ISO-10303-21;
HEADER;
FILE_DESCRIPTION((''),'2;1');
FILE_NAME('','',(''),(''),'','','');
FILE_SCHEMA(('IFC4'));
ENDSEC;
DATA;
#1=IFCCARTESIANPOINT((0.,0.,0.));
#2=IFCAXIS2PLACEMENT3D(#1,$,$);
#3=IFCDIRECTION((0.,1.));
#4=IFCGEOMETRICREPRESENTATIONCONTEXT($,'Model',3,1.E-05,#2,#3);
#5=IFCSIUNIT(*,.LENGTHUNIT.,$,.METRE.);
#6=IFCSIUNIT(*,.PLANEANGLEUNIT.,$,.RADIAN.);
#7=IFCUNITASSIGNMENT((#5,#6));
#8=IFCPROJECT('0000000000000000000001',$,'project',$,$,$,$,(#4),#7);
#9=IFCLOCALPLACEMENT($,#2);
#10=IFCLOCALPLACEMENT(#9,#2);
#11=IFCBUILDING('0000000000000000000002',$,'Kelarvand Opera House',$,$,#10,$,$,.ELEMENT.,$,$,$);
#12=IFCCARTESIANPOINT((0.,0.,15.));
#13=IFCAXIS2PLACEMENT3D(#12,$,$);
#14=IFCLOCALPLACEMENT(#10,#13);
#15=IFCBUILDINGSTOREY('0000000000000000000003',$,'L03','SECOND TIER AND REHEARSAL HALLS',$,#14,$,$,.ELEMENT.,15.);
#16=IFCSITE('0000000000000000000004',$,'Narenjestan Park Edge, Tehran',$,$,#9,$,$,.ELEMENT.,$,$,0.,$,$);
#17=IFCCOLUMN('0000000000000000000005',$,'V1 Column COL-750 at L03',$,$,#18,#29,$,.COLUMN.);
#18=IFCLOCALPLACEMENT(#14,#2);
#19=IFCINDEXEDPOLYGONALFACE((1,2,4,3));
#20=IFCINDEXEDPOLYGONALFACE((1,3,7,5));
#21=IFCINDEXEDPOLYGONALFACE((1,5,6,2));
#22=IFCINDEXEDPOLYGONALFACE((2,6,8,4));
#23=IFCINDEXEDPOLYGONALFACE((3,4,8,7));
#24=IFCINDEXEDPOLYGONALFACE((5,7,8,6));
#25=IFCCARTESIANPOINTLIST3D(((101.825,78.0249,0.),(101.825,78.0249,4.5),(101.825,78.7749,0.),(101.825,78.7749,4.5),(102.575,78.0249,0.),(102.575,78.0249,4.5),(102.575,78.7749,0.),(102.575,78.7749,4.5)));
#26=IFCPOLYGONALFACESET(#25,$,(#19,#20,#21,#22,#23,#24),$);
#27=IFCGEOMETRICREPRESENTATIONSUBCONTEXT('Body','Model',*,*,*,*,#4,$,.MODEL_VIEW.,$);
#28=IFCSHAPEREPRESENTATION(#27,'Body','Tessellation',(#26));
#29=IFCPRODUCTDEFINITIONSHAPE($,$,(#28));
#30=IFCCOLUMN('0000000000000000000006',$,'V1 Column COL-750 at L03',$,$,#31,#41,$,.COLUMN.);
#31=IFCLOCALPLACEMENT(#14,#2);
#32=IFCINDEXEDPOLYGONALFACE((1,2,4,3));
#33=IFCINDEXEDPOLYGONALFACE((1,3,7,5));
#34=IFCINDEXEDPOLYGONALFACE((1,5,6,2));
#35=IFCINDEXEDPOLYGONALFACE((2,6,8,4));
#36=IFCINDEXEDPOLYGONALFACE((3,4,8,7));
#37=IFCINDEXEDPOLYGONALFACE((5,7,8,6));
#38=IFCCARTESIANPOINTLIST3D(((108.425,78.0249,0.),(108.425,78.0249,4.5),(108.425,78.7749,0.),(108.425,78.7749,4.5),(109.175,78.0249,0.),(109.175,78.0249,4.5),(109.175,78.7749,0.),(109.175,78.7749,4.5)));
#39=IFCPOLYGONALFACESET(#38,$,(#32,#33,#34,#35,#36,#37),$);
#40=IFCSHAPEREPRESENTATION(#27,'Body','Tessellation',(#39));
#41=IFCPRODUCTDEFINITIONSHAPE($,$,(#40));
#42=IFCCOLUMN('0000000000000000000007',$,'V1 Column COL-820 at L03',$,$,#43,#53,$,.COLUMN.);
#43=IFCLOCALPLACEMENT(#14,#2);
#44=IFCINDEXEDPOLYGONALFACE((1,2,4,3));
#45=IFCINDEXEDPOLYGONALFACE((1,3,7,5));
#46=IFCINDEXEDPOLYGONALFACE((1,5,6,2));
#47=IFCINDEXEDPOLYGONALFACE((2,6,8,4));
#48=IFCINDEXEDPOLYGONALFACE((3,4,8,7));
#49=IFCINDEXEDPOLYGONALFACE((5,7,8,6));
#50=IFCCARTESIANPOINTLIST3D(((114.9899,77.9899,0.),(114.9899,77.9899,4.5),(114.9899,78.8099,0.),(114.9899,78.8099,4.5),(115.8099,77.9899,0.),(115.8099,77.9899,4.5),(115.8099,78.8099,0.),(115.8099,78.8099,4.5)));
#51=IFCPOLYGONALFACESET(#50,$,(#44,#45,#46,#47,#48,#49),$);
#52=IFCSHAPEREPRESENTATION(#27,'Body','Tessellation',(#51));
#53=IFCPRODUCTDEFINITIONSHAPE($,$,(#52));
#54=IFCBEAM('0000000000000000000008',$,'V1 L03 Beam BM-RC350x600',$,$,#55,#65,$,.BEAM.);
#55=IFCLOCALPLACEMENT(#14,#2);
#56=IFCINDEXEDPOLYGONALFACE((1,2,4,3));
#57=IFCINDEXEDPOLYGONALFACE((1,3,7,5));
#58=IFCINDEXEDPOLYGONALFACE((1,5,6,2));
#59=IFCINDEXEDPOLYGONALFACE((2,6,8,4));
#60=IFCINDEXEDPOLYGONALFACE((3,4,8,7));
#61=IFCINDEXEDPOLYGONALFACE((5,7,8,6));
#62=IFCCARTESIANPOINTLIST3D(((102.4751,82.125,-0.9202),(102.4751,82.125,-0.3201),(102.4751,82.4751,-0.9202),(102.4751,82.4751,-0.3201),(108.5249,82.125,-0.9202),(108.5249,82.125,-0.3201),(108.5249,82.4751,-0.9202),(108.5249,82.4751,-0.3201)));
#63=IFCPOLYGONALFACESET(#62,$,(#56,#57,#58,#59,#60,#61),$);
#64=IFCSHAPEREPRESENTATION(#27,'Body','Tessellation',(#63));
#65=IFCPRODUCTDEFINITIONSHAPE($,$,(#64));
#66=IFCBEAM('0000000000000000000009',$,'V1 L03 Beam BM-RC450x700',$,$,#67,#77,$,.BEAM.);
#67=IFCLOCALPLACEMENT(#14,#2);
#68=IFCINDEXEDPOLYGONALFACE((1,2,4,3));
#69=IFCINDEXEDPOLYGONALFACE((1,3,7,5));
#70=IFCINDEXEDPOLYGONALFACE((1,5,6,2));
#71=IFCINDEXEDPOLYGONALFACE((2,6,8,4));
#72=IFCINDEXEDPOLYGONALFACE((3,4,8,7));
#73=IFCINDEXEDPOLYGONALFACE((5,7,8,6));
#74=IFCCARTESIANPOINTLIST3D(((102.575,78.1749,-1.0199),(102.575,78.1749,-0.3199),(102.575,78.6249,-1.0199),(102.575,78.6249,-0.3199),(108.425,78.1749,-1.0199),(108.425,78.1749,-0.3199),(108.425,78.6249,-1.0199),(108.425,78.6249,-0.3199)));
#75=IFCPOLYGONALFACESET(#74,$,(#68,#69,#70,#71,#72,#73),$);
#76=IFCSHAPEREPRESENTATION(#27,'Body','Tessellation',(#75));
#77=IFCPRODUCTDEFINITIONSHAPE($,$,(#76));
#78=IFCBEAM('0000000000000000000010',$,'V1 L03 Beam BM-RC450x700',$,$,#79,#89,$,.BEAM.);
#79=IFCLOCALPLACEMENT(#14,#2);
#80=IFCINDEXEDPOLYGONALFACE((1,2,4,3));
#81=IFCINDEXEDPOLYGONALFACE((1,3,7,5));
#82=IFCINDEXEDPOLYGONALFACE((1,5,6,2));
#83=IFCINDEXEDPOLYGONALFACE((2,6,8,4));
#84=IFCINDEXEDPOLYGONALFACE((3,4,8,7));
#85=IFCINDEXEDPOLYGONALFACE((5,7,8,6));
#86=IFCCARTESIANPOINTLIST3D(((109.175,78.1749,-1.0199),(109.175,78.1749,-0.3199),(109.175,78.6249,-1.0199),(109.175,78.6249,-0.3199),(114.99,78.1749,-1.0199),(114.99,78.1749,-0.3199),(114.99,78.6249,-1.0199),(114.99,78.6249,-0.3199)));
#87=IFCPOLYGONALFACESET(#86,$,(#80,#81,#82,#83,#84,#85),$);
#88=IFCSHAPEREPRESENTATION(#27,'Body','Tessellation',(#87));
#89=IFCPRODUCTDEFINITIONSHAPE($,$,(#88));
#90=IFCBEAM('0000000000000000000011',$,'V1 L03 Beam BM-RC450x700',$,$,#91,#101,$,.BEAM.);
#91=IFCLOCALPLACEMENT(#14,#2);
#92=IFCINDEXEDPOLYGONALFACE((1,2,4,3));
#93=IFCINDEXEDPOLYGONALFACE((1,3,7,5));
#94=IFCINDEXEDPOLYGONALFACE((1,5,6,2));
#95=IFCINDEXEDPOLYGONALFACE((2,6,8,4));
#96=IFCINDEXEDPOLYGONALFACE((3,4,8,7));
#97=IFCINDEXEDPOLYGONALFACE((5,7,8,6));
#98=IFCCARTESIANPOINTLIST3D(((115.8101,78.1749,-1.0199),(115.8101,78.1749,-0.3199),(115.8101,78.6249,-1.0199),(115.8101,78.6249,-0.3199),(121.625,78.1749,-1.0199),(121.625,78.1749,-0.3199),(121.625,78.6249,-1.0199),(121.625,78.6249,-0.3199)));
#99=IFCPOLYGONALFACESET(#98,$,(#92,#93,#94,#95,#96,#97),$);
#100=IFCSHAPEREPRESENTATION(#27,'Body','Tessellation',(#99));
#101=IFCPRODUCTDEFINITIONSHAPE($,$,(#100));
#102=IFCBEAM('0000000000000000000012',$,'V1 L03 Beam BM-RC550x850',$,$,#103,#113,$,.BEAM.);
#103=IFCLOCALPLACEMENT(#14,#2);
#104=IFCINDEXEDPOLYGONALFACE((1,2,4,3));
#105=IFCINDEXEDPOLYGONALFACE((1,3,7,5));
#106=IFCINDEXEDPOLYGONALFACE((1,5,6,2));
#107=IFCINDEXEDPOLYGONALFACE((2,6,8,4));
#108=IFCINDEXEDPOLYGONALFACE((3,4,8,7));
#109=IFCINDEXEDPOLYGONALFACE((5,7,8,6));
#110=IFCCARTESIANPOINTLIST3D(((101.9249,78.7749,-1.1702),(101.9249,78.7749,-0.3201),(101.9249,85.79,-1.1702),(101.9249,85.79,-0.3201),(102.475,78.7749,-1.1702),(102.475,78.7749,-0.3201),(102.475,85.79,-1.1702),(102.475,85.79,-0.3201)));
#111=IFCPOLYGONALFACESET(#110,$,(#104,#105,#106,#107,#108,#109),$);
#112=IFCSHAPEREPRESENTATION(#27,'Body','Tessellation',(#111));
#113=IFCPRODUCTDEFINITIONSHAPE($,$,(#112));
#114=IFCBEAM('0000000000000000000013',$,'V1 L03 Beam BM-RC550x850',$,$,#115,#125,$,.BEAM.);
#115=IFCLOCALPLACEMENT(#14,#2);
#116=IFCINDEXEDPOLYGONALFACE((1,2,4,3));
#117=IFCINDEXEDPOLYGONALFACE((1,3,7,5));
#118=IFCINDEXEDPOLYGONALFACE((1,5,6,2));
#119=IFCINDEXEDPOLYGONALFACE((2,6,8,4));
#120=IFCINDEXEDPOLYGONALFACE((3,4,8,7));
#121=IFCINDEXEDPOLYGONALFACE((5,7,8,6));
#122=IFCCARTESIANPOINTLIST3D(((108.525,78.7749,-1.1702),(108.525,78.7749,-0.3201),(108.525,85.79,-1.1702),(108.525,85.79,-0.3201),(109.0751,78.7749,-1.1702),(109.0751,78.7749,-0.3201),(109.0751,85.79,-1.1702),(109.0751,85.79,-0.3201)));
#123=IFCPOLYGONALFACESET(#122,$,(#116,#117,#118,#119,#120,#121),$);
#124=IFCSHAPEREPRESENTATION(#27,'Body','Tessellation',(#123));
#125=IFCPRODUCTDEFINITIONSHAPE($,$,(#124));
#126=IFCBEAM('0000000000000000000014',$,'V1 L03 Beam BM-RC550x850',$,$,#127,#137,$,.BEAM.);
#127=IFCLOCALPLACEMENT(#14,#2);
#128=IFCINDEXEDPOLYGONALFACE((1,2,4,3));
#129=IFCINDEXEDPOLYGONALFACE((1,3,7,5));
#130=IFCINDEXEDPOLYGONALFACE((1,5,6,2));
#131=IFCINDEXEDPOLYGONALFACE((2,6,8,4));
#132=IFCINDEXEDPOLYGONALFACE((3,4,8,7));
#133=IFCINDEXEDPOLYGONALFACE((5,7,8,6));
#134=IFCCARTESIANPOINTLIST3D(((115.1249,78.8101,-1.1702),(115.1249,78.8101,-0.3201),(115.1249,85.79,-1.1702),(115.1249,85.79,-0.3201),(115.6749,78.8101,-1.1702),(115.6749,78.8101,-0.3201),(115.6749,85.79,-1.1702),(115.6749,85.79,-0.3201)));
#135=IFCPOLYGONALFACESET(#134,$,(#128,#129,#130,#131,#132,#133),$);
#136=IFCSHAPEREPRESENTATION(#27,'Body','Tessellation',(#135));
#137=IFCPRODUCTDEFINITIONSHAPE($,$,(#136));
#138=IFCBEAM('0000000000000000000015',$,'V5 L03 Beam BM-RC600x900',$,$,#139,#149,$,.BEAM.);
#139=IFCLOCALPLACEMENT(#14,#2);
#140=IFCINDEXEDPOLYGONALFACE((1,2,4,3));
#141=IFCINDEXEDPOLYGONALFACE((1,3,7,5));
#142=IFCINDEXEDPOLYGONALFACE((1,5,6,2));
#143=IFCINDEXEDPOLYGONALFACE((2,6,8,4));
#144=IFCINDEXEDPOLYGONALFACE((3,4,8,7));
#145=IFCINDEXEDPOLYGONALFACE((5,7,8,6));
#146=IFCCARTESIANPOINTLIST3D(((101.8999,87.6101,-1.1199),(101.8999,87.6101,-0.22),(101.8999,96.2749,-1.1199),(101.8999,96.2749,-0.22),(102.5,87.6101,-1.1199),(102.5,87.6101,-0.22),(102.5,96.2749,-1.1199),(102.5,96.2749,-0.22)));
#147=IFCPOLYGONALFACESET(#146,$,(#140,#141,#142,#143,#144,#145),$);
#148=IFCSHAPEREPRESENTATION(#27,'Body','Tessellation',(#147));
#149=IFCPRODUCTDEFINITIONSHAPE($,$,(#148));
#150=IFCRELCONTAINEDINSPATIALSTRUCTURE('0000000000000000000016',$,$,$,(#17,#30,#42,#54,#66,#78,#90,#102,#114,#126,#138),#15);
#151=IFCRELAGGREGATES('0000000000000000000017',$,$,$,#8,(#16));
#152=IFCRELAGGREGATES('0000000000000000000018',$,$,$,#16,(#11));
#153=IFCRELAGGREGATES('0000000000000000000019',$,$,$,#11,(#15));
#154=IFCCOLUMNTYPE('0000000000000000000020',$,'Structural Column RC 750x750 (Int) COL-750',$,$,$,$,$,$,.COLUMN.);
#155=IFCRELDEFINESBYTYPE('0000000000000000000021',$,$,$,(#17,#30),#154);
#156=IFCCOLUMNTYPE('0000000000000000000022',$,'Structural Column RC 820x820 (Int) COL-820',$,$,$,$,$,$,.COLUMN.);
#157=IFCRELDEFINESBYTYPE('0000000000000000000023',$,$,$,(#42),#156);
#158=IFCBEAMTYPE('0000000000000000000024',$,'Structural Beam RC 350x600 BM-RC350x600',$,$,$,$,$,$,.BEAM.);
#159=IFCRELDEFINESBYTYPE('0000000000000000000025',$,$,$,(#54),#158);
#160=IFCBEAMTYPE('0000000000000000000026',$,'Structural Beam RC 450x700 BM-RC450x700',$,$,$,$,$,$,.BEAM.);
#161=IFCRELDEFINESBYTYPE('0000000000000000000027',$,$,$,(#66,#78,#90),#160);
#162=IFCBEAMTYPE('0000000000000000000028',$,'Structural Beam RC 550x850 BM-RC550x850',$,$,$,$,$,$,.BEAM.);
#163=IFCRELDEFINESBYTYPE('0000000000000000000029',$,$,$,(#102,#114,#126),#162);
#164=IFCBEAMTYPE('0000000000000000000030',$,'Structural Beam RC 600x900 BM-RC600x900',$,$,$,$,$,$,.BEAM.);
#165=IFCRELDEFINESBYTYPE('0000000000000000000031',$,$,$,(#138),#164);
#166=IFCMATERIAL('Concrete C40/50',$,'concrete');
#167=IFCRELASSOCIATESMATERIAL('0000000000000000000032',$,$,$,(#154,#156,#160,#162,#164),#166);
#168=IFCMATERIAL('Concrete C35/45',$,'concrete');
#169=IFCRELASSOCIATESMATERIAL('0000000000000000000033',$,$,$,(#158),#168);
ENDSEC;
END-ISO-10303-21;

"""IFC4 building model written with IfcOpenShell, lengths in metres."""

from ifc_helpers import new_model, si_unit, direction, frame, origin, origin_2d, place, context, subcontext, project, spatial, rectangle, extrude, material, material_profile, profile_set, type_object, element, save


model = new_model("IFC4")

# Units and contexts
model_context = context("Model", 3, precision=1e-05, world=origin(), true_north=direction((0.0, 1.0)))
body_context = subcontext(model_context, "Body", "Model", "MODEL_VIEW")
ifc_project = project(units=[si_unit("LENGTHUNIT", "METRE"), si_unit("PLANEANGLEUNIT", "RADIAN")], contexts=[model_context])

# Site, building, storey
site_placement = place(None, origin())
site = spatial("IfcSite", under=ifc_project, at=site_placement, Name="Narenjestan Park Edge, Tehran", CompositionType="ELEMENT", RefElevation=0.0)
building_placement = place(site_placement, origin())
building = spatial("IfcBuilding", under=site, at=building_placement, Name="Kelarvand Opera House", CompositionType="ELEMENT")
storey_placement = place(building_placement, frame((0.0, 0.0, 15.0)))
storey = spatial("IfcBuildingStorey", under=building, at=storey_placement, Name="L03", Description="SECOND TIER AND REHEARSAL HALLS", CompositionType="ELEMENT", Elevation=15.0)

# Columns
ifc_material_1 = material(Name="Concrete C40/50", Category="concrete")
ifc_material_profile_1 = material_profile(ifc_material_1, rectangle(XDim=0.75, YDim=0.75, at=origin_2d()), Name="RC 750x750", Category="concrete")
ifc_profile_set_1 = profile_set([ifc_material_profile_1], Name="Concrete C40/50")
column_type_1 = type_object("IfcColumnType", Name="Structural Column RC 750x750 (Int) COL-750", PredefinedType="COLUMN", material=ifc_profile_set_1)
for number, where, z_axis, x_axis, name in (
    (1, (102.2, 78.3999, 0.0), (0.0, 0.0, 1.0), (1.0, 0.0, 0.0), "V1 Column COL-750 at L03"),
    (2, (108.8, 78.3999, 0.0), (0.0, 0.0, 1.0), (1.0, 0.0, 0.0), "V1 Column COL-750 at L03"),
):
    element("IfcColumn", number, at=place(storey_placement, frame(where, z_axis=z_axis, x_axis=x_axis)), inside=storey, type_object=column_type_1, Name=name, PredefinedType="COLUMN", context=body_context, shape_type="SweptSolid", body=[
        extrude(rectangle(XDim=0.75, YDim=0.75, at=origin_2d()), origin(), (0.0, 0.0, 1.0), 4.5),
    ])
ifc_material_profile_2 = material_profile(ifc_material_1, rectangle(XDim=0.8201, YDim=0.8201, at=origin_2d()), Name="RC 820x820", Category="concrete")
ifc_profile_set_2 = profile_set([ifc_material_profile_2], Name="Concrete C40/50")
column_type_2 = type_object("IfcColumnType", Name="Structural Column RC 820x820 (Int) COL-820", PredefinedType="COLUMN", material=ifc_profile_set_2)
column_placement = place(storey_placement, frame((115.3999, 78.3999, 0.0), z_axis=(0.0, 0.0, 1.0), x_axis=(1.0, 0.0, 0.0)))
element("IfcColumn", 3, at=column_placement, inside=storey, type_object=column_type_2, Name="V1 Column COL-820 at L03", PredefinedType="COLUMN", context=body_context, shape_type="SweptSolid", body=[
    extrude(rectangle(XDim=0.8201, YDim=0.8201, at=origin_2d()), origin(), (0.0, 0.0, 1.0), 4.5),
])

# Beams
ifc_material_2 = material(Name="Concrete C35/45", Category="concrete")
ifc_material_profile_3 = material_profile(ifc_material_2, rectangle(XDim=0.3501, YDim=0.6001, at=origin_2d()), Name="RC 350x600", Category="concrete")
ifc_profile_set_3 = profile_set([ifc_material_profile_3], Name="Concrete C35/45")
beam_type_1 = type_object("IfcBeamType", Name="Structural Beam RC 350x600 BM-RC350x600", PredefinedType="BEAM", material=ifc_profile_set_3)
beam_1_placement = place(storey_placement, frame((102.4751, 82.3, -0.6201), z_axis=(1.0, 0.0, 0.0), x_axis=(0.0, 1.0, 0.0)))
element("IfcBeam", 4, at=beam_1_placement, inside=storey, type_object=beam_type_1, Name="V1 L03 Beam BM-RC350x600", PredefinedType="BEAM", context=body_context, shape_type="SweptSolid", body=[
    extrude(rectangle(XDim=0.3501, YDim=0.6001, at=origin_2d()), origin(), (0.0, 0.0, 1.0), 6.0498),
])
ifc_material_profile_4 = material_profile(ifc_material_1, rectangle(XDim=0.45, YDim=0.7, at=origin_2d()), Name="RC 450x700", Category="concrete")
ifc_profile_set_4 = profile_set([ifc_material_profile_4], Name="Concrete C40/50")
beam_type_2 = type_object("IfcBeamType", Name="Structural Beam RC 450x700 BM-RC450x700", PredefinedType="BEAM", material=ifc_profile_set_4)
beam_2_placement = place(storey_placement, frame((102.575, 78.3999, -0.6699), z_axis=(1.0, 0.0, 0.0), x_axis=(0.0, 1.0, 0.0)))
element("IfcBeam", 5, at=beam_2_placement, inside=storey, type_object=beam_type_2, Name="V1 L03 Beam BM-RC450x700", PredefinedType="BEAM", context=body_context, shape_type="SweptSolid", body=[
    extrude(rectangle(XDim=0.45, YDim=0.7, at=origin_2d()), origin(), (0.0, 0.0, 1.0), 5.8501),
])
for number, where, z_axis, x_axis, name in (
    (6, (109.175, 78.3999, -0.6699), (1.0, 0.0, 0.0), (0.0, 1.0, 0.0), "V1 L03 Beam BM-RC450x700"),
    (7, (115.8101, 78.3999, -0.6699), (1.0, 0.0, 0.0), (0.0, 1.0, 0.0), "V1 L03 Beam BM-RC450x700"),
):
    element("IfcBeam", number, at=place(storey_placement, frame(where, z_axis=z_axis, x_axis=x_axis)), inside=storey, type_object=beam_type_2, Name=name, PredefinedType="BEAM", context=body_context, shape_type="SweptSolid", body=[
        extrude(rectangle(XDim=0.45, YDim=0.7, at=origin_2d()), origin(), (0.0, 0.0, 1.0), 5.8149),
    ])
ifc_material_profile_5 = material_profile(ifc_material_1, rectangle(XDim=0.55, YDim=0.8501, at=origin_2d()), Name="RC 550x850", Category="concrete")
ifc_profile_set_5 = profile_set([ifc_material_profile_5], Name="Concrete C40/50")
beam_type_3 = type_object("IfcBeamType", Name="Structural Beam RC 550x850 BM-RC550x850", PredefinedType="BEAM", material=ifc_profile_set_5)
for number, where, z_axis, x_axis, name in (
    (8, (102.2, 78.7749, -0.7451), (0.0, 1.0, 0.0), (-1.0, 0.0, 0.0), "V1 L03 Beam BM-RC550x850"),
    (9, (108.8, 78.7749, -0.7451), (0.0, 1.0, 0.0), (-1.0, 0.0, 0.0), "V1 L03 Beam BM-RC550x850"),
):
    element("IfcBeam", number, at=place(storey_placement, frame(where, z_axis=z_axis, x_axis=x_axis)), inside=storey, type_object=beam_type_3, Name=name, PredefinedType="BEAM", context=body_context, shape_type="SweptSolid", body=[
        extrude(rectangle(XDim=0.55, YDim=0.8501, at=origin_2d()), origin(), (0.0, 0.0, 1.0), 7.0151),
    ])
beam_3_placement = place(storey_placement, frame((115.3999, 78.8101, -0.7451), z_axis=(0.0, 1.0, 0.0), x_axis=(-1.0, 0.0, 0.0)))
element("IfcBeam", 10, at=beam_3_placement, inside=storey, type_object=beam_type_3, Name="V1 L03 Beam BM-RC550x850", PredefinedType="BEAM", context=body_context, shape_type="SweptSolid", body=[
    extrude(rectangle(XDim=0.55, YDim=0.8501, at=origin_2d()), origin(), (0.0, 0.0, 1.0), 6.98),
])
ifc_material_profile_6 = material_profile(ifc_material_1, rectangle(XDim=0.6001, YDim=0.8999, at=origin_2d()), Name="RC 600x900", Category="concrete")
ifc_profile_set_6 = profile_set([ifc_material_profile_6], Name="Concrete C40/50")
beam_type_4 = type_object("IfcBeamType", Name="Structural Beam RC 600x900 BM-RC600x900", PredefinedType="BEAM", material=ifc_profile_set_6)
beam_4_placement = place(storey_placement, frame((102.2, 87.6101, -0.6699), z_axis=(0.0, 1.0, 0.0), x_axis=(-1.0, 0.0, 0.0)))
element("IfcBeam", 11, at=beam_4_placement, inside=storey, type_object=beam_type_4, Name="V5 L03 Beam BM-RC600x900", PredefinedType="BEAM", context=body_context, shape_type="SweptSolid", body=[
    extrude(rectangle(XDim=0.6001, YDim=0.8999, at=origin_2d()), origin(), (0.0, 0.0, 1.0), 8.6648),
])

save(model, "model.ifc")
